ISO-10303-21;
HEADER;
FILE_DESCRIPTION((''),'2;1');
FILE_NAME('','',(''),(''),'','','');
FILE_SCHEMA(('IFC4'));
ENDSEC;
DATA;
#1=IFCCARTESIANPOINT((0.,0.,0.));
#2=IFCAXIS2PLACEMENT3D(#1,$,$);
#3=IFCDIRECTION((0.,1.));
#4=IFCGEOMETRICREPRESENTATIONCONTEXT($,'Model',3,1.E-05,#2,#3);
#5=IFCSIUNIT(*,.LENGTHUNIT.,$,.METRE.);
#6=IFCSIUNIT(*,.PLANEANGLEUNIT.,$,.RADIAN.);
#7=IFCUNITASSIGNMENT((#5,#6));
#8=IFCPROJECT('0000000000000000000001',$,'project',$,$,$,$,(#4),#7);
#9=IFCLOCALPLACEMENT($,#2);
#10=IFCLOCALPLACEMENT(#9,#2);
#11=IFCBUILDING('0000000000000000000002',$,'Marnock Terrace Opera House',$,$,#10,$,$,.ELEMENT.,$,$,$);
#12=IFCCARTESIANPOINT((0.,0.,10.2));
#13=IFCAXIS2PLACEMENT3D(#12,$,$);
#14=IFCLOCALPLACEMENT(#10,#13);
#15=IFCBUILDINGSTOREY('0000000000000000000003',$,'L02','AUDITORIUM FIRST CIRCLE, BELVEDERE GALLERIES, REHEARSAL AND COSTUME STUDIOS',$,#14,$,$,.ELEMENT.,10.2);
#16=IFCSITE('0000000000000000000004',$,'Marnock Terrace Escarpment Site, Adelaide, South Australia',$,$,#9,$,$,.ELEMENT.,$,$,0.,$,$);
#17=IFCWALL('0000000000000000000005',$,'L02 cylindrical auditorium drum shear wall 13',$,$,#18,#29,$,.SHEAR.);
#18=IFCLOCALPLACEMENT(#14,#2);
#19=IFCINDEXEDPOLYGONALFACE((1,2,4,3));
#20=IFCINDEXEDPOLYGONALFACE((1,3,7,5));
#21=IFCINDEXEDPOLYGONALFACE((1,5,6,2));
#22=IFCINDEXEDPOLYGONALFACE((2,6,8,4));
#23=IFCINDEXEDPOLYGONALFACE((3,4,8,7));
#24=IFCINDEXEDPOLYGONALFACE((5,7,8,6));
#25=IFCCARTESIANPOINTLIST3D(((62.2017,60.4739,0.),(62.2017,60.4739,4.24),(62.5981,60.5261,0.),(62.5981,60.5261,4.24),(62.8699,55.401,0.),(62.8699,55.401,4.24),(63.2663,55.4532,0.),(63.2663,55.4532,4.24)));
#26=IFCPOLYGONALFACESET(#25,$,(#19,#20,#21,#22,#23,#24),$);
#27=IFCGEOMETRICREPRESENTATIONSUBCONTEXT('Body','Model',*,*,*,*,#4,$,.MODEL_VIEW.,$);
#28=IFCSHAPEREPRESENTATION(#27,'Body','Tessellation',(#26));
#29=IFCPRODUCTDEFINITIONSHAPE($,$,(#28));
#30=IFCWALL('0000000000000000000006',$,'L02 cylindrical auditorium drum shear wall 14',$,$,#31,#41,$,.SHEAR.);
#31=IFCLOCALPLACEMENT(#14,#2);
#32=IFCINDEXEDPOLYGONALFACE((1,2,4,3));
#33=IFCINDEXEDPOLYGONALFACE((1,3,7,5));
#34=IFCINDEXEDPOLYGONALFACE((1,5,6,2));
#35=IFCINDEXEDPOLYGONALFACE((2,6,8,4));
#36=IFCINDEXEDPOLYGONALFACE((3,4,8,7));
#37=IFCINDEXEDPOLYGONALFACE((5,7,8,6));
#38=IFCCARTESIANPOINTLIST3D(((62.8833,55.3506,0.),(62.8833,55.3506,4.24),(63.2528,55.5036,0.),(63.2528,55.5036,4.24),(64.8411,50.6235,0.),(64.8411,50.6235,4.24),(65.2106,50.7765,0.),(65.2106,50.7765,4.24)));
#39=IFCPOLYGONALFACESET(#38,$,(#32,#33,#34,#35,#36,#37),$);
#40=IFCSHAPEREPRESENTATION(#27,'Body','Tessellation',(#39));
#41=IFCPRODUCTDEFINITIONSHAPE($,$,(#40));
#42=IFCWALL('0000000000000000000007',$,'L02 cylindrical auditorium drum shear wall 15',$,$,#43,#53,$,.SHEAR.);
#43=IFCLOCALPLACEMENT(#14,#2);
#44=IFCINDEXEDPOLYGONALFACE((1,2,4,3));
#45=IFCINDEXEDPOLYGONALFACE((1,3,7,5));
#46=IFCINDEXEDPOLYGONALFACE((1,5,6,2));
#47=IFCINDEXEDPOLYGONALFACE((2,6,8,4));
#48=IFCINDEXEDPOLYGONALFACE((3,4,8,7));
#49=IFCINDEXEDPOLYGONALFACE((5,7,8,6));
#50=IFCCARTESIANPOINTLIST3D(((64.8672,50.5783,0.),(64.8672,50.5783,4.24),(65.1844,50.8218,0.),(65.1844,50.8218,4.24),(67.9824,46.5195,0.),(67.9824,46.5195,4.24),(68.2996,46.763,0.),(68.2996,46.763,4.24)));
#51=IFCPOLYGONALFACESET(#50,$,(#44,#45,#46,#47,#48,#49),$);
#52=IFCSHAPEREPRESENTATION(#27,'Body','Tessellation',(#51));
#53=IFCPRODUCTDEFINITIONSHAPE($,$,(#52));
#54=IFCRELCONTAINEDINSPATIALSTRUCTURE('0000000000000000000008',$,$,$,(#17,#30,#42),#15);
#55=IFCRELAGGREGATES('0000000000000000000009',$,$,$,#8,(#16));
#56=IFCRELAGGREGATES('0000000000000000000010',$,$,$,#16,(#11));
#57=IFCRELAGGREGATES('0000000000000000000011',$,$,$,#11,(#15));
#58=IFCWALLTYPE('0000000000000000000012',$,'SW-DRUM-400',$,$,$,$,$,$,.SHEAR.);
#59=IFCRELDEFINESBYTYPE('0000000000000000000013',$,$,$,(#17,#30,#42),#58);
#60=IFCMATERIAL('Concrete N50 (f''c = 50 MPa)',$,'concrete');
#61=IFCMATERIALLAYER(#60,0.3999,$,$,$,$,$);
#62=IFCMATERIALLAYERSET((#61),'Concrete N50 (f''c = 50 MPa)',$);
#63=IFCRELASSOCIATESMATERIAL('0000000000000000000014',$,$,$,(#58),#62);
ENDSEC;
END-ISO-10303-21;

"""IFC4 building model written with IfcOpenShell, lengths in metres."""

from ifc_helpers import new_model, si_unit, direction, frame, frame_2d, origin, place, context, subcontext, project, spatial, rectangle, extrude, material, layer, layer_set, type_object, element, save


model = new_model("IFC4")

# Units and contexts
model_context = context("Model", 3, precision=1e-05, world=origin(), true_north=direction((0.0, 1.0)))
body_context = subcontext(model_context, "Body", "Model", "MODEL_VIEW")
ifc_project = project(units=[si_unit("LENGTHUNIT", "METRE"), si_unit("PLANEANGLEUNIT", "RADIAN")], contexts=[model_context])

# Site, building, storey
site_placement = place(None, origin())
site = spatial("IfcSite", under=ifc_project, at=site_placement, Name="Marnock Terrace Escarpment Site, Adelaide, South Australia", CompositionType="ELEMENT", RefElevation=0.0)
building_placement = place(site_placement, origin())
building = spatial("IfcBuilding", under=site, at=building_placement, Name="Marnock Terrace Opera House", CompositionType="ELEMENT")
storey_placement = place(building_placement, frame((0.0, 0.0, 10.2)))
storey = spatial("IfcBuildingStorey", under=building, at=storey_placement, Name="L02", Description="AUDITORIUM FIRST CIRCLE, BELVEDERE GALLERIES, REHEARSAL AND COSTUME STUDIOS", CompositionType="ELEMENT", Elevation=10.2)

# Shared definitions
ifc_material_1 = material(Name="Concrete N50 (f'c = 50 MPa)", Category="concrete")

# Walls
ifc_layer_1 = layer(ifc_material_1, 0.3999)
ifc_layer_set_1 = layer_set([ifc_layer_1], Name="Concrete N50 (f'c = 50 MPa)")
wall_type = type_object("IfcWallType", Name="SW-DRUM-400", PredefinedType="SHEAR", material=ifc_layer_set_1)
wall_placement = place(storey_placement, frame((62.3999, 60.5, 0.0), z_axis=(0.0, 0.0, 1.0), x_axis=(0.130592, -0.991436, 0.0)))
element("IfcWall", 1, at=wall_placement, inside=storey, type_object=wall_type, Name="L02 cylindrical auditorium drum shear wall 13", PredefinedType="SHEAR", context=body_context, shape_type="SweptSolid", body=[
    extrude(rectangle(XDim=5.1167, YDim=0.3999, at=frame_2d((2.5583, 0.0))), origin(), (0.0, 0.0, 1.0), 4.24),
])
for number, where, z_axis, x_axis, name in (
    (2, (63.0681, 55.427, 0.0), (0.0, 0.0, 1.0), (0.382643, -0.923896, 0.0), "L02 cylindrical auditorium drum shear wall 14"),
    (3, (65.0259, 50.7, 0.0), (0.0, 0.0, 1.0), (0.608857, -0.79328, 0.0), "L02 cylindrical auditorium drum shear wall 15"),
):
    element("IfcWall", number, at=place(storey_placement, frame(where, z_axis=z_axis, x_axis=x_axis)), inside=storey, type_object=wall_type, Name=name, PredefinedType="SHEAR", context=body_context, shape_type="SweptSolid", body=[
        extrude(rectangle(XDim=5.1165, YDim=0.3999, at=frame_2d((2.5581, 0.0))), origin(), (0.0, 0.0, 1.0), 4.24),
    ])

save(model, "model.ifc")
